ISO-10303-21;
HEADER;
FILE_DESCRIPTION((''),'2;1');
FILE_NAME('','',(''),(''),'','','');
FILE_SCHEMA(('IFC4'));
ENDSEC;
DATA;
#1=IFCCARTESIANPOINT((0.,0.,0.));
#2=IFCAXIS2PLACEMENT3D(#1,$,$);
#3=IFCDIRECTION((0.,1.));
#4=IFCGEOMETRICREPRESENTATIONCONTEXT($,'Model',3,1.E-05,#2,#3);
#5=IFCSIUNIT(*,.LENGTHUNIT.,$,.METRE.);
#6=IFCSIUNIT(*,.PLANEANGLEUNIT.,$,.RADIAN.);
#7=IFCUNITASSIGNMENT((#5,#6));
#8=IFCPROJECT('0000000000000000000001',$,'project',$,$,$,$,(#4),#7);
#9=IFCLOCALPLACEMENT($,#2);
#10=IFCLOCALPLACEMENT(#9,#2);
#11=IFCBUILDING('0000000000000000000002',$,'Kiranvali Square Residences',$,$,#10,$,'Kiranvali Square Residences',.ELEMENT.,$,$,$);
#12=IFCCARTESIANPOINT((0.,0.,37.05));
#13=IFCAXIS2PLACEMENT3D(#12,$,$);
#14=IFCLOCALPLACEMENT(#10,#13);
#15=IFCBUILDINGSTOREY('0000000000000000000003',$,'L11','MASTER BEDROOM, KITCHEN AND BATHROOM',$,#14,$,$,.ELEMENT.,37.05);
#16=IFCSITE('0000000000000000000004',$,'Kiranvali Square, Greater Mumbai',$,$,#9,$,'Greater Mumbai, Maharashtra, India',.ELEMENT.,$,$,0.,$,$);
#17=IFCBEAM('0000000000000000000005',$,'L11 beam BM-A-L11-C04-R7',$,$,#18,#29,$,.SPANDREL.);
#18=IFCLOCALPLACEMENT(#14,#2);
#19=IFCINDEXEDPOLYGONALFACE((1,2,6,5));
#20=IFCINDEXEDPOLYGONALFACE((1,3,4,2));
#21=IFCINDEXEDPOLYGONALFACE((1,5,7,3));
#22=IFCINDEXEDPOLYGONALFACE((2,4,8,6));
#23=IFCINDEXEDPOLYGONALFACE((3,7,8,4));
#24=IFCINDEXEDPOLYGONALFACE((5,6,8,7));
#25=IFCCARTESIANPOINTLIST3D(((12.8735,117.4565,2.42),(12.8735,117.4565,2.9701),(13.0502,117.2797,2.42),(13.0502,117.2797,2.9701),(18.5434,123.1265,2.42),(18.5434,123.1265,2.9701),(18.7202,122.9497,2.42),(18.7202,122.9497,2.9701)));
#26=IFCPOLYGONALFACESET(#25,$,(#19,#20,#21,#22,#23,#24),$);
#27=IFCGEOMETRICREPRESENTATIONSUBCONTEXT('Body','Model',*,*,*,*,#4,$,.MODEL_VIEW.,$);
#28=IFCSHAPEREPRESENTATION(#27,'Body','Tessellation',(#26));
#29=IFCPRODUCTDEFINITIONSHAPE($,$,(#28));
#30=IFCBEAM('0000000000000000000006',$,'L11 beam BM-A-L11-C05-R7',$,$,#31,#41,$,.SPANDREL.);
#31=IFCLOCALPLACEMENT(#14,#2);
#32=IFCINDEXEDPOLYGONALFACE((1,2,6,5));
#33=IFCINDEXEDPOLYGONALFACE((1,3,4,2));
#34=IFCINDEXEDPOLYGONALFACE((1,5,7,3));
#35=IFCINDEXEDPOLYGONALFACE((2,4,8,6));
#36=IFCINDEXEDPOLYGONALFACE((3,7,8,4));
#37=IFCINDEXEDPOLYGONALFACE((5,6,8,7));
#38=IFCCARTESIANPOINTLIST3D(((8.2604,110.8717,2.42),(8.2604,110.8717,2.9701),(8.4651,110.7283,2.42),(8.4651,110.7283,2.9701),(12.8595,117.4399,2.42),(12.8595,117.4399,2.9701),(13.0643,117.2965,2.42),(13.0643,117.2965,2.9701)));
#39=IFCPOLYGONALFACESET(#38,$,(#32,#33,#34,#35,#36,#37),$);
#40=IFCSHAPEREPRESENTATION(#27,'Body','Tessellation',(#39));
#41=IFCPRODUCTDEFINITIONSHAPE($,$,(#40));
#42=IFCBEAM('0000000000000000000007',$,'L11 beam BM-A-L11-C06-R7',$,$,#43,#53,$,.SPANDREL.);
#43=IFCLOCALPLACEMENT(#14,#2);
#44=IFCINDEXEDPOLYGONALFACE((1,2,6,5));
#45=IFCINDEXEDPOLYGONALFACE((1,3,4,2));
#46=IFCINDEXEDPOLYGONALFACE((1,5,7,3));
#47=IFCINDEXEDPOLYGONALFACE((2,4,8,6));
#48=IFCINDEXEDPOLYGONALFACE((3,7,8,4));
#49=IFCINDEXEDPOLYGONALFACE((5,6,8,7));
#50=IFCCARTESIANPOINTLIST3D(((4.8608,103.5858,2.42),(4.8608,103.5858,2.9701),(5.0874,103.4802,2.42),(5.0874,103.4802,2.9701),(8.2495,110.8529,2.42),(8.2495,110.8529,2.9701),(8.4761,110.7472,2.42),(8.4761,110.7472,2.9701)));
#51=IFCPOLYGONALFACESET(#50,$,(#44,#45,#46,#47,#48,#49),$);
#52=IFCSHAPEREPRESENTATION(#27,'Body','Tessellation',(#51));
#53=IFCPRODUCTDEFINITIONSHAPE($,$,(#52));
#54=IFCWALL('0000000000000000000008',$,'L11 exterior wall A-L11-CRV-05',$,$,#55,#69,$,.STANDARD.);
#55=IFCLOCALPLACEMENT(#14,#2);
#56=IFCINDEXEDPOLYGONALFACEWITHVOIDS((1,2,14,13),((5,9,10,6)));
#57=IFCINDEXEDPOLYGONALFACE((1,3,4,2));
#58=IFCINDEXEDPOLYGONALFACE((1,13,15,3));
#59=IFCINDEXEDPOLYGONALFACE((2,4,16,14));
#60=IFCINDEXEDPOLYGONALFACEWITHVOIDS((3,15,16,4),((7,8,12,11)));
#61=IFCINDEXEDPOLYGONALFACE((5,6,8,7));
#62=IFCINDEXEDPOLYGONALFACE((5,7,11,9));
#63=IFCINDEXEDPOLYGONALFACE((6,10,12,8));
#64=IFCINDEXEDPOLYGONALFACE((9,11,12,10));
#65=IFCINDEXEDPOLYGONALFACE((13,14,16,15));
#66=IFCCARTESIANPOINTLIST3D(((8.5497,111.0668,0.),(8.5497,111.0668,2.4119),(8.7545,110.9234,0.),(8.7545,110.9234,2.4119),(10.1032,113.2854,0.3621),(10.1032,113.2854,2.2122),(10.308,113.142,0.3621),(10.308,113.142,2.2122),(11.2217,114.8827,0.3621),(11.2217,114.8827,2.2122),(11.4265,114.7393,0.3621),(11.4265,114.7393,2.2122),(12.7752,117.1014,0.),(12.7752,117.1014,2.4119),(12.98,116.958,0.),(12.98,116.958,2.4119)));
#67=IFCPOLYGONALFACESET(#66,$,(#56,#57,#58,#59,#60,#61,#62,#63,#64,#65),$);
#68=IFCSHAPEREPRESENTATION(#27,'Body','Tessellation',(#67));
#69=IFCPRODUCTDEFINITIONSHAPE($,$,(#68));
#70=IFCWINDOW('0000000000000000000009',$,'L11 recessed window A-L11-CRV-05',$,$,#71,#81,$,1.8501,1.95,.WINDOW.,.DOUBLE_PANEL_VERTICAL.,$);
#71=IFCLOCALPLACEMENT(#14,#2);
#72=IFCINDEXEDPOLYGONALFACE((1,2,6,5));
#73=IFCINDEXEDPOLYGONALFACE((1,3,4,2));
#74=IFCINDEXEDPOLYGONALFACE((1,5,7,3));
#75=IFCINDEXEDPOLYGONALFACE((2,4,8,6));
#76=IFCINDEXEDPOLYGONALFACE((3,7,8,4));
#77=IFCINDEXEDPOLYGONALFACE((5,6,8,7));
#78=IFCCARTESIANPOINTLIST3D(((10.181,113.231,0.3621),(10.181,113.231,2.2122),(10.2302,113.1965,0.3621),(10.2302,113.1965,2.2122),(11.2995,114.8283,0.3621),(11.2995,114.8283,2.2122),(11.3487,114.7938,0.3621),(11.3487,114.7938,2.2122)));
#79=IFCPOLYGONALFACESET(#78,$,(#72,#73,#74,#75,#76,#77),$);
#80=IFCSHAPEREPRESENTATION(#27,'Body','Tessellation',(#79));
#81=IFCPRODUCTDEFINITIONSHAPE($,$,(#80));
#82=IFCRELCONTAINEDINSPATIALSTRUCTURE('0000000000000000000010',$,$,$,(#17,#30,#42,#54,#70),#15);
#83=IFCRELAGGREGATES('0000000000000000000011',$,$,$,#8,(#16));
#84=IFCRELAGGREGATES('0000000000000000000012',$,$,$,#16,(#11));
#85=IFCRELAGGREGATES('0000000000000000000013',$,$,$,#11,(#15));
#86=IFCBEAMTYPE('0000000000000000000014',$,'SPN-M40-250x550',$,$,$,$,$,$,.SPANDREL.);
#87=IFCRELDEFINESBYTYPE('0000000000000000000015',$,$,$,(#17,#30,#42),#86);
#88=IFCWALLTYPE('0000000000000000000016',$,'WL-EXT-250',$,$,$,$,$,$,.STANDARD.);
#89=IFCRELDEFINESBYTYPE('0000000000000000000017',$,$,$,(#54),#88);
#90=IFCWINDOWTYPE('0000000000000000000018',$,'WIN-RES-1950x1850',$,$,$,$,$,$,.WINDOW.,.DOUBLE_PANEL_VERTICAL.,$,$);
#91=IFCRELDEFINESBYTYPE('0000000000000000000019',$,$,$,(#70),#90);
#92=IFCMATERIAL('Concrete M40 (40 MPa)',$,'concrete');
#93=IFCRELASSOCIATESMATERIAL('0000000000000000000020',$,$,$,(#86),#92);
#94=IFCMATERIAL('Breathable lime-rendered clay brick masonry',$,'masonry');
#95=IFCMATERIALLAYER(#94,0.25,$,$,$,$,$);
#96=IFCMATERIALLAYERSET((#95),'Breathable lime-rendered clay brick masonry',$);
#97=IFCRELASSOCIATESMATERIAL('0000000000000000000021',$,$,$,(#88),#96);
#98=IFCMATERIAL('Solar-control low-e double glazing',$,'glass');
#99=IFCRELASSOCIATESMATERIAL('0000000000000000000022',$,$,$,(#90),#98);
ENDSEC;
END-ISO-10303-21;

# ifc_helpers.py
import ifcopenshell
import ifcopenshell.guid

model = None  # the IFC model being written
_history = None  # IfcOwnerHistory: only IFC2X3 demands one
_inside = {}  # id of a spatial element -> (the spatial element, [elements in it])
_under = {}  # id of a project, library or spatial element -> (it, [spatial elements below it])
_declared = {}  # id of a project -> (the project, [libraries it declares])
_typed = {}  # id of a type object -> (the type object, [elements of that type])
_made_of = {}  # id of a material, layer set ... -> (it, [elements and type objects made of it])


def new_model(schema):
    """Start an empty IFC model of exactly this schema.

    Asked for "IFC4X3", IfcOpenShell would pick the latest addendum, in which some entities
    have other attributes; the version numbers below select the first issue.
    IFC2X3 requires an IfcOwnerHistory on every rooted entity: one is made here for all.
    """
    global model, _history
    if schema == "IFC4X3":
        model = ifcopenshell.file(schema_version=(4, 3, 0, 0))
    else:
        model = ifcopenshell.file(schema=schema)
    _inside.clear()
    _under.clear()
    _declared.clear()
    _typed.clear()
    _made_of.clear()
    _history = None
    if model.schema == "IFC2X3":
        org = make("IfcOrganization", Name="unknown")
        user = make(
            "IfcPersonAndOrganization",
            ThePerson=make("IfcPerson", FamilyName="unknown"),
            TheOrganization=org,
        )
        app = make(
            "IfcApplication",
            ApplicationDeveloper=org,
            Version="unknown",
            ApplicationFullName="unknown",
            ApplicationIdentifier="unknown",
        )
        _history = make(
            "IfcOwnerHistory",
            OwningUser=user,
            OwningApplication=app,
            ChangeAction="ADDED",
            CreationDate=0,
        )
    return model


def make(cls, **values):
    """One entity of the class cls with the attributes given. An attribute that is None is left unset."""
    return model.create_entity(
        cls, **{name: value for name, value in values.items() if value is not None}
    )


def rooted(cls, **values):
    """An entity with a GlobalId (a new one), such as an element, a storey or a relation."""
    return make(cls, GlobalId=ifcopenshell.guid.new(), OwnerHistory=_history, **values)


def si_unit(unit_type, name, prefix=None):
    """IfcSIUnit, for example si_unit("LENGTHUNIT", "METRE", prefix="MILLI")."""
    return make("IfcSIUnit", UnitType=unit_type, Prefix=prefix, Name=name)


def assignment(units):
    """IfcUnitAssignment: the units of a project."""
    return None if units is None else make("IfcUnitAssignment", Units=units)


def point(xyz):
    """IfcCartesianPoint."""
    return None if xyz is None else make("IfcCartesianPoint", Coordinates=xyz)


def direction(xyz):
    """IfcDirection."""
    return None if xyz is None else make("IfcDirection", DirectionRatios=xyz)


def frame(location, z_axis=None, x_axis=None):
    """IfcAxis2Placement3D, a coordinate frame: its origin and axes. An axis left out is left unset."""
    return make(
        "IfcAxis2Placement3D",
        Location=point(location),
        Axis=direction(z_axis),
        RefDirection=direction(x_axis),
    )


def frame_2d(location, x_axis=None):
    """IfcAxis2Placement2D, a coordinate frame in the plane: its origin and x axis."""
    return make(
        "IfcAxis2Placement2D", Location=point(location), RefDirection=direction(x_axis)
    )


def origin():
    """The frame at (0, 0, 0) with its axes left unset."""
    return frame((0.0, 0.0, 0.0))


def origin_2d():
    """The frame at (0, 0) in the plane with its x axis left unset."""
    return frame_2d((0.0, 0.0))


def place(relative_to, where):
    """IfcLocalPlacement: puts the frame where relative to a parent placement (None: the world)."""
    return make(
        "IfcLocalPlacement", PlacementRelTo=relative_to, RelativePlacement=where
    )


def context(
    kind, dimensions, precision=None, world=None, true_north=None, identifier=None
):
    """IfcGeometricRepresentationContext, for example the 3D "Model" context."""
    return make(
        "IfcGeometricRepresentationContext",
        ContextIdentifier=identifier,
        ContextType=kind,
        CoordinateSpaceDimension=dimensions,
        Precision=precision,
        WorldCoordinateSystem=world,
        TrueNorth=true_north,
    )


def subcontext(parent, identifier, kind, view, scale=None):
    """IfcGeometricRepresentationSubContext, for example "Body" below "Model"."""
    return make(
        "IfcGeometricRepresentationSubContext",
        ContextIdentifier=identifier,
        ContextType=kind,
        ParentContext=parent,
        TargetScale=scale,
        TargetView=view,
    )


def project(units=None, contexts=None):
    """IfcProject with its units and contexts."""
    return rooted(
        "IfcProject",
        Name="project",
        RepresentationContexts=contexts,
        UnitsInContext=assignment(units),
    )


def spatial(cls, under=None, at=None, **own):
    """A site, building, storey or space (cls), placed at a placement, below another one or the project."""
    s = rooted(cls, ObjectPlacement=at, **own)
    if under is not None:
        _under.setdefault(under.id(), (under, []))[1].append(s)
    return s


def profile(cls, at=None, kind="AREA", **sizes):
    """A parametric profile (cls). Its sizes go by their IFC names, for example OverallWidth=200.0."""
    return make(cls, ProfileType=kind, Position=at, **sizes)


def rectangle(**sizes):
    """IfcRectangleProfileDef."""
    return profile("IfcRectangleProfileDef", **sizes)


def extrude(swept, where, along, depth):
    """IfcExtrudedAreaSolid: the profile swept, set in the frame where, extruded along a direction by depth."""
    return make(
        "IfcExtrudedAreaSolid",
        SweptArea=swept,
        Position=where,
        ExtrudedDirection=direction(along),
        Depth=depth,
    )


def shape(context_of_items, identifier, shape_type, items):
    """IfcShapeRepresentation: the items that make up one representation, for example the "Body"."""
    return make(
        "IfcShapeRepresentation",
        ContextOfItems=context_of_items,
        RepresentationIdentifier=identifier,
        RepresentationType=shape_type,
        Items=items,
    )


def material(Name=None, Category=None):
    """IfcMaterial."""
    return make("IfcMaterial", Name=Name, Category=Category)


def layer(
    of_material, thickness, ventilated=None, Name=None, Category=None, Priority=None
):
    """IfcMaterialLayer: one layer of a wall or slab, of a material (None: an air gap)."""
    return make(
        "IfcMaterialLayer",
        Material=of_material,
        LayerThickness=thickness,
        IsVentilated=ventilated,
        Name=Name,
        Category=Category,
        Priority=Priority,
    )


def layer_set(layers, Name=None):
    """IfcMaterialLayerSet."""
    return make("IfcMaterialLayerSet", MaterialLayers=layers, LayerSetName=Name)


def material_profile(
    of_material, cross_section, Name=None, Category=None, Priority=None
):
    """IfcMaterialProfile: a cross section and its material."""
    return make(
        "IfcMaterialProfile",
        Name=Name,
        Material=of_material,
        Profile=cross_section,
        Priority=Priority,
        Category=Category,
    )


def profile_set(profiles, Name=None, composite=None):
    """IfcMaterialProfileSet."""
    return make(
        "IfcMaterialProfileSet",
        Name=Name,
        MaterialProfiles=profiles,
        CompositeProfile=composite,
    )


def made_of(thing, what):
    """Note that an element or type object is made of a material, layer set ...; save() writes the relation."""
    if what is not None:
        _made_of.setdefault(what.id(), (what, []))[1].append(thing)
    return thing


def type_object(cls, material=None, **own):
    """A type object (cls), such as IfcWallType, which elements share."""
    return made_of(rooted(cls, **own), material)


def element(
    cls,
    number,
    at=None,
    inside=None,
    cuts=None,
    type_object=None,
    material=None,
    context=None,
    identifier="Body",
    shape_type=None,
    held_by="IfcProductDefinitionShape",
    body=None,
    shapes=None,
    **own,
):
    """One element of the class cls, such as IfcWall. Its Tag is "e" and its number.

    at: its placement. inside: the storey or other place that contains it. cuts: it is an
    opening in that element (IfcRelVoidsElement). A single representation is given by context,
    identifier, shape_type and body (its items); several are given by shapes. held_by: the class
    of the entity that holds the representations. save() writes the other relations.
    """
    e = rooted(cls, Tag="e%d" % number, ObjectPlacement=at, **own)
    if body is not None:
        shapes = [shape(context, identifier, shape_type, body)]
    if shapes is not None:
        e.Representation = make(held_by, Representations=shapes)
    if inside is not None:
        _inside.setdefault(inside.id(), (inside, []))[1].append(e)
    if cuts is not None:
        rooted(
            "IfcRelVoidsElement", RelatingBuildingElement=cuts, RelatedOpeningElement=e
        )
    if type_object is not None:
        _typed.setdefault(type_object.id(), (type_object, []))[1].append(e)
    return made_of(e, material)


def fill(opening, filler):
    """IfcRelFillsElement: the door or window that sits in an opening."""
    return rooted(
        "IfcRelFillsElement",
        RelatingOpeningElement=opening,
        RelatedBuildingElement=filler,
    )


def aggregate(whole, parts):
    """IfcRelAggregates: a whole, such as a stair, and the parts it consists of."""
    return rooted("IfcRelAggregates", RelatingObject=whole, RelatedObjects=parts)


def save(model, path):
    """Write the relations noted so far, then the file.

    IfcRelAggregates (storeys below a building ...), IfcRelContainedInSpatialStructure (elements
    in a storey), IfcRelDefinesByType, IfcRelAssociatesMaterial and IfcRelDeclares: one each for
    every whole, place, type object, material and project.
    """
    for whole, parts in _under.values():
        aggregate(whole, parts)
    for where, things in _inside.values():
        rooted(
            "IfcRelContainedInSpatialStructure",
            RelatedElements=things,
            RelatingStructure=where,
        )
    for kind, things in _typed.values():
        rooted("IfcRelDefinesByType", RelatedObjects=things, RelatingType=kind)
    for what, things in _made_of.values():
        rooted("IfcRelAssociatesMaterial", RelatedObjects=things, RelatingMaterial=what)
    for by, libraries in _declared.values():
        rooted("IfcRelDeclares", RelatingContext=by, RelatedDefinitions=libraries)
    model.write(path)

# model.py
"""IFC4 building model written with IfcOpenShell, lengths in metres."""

from ifc_helpers import new_model, si_unit, direction, frame, frame_2d, origin, origin_2d, place, context, subcontext, project, spatial, rectangle, extrude, material, layer, layer_set, material_profile, profile_set, type_object, element, fill, save


model = new_model("IFC4")

# Units and contexts
model_context = context("Model", 3, precision=1e-05, world=origin(), true_north=direction((0.0, 1.0)))
body_context = subcontext(model_context, "Body", "Model", "MODEL_VIEW")
ifc_project = project(units=[si_unit("LENGTHUNIT", "METRE"), si_unit("PLANEANGLEUNIT", "RADIAN")], contexts=[model_context])

# Site, building, storey
site_placement = place(None, origin())
site = spatial("IfcSite", under=ifc_project, at=site_placement, Name="Kiranvali Square, Greater Mumbai", LongName="Greater Mumbai, Maharashtra, India", CompositionType="ELEMENT", RefElevation=0.0)
building_placement = place(site_placement, origin())
building = spatial("IfcBuilding", under=site, at=building_placement, Name="Kiranvali Square Residences", LongName="Kiranvali Square Residences", CompositionType="ELEMENT")
storey_placement = place(building_placement, frame((0.0, 0.0, 37.05)))
storey = spatial("IfcBuildingStorey", under=building, at=storey_placement, Name="L11", Description="MASTER BEDROOM, KITCHEN AND BATHROOM", CompositionType="ELEMENT", Elevation=37.05)

# Shared definitions
ifc_material_1 = material(Name="Concrete M40 (40 MPa)", Category="concrete")

# Beams
ifc_material_profile_1 = material_profile(ifc_material_1, rectangle(XDim=0.25, YDim=0.55, at=origin_2d()), Name="RC 250x550")
ifc_profile_set_1 = profile_set([ifc_material_profile_1], Name="Concrete M40 (40 MPa)")
beam_type_1 = type_object("IfcBeamType", Name="SPN-M40-250x550", PredefinedType="SPANDREL", material=ifc_profile_set_1)
beam_1_placement = place(storey_placement, frame((18.6318, 123.0381, 2.6951), z_axis=(-0.707107, -0.707107, 0.0), x_axis=(0.707107, -0.707107, 0.0)))
element("IfcBeam", 1, at=beam_1_placement, inside=storey, type_object=beam_type_1, Name="L11 beam BM-A-L11-C04-R7", PredefinedType="SPANDREL", context=body_context, shape_type="SweptSolid", body=[
    extrude(rectangle(XDim=0.25, YDim=0.55, at=origin_2d()), origin(), (0.0, 0.0, 1.0), 8.0186),
])
for number, where, z_axis, x_axis, name in (
    (2, (12.9619, 117.3682, 2.6951), (-0.573583, -0.819148, 0.0), (0.819148, -0.573583, 0.0), "L11 beam BM-A-L11-C05-R7"),
    (3, (8.3628, 110.8, 2.6951), (-0.422615, -0.906309, 0.0), (0.906309, -0.422615, 0.0), "L11 beam BM-A-L11-C06-R7"),
):
    element("IfcBeam", number, at=place(storey_placement, frame(where, z_axis=z_axis, x_axis=x_axis)), inside=storey, type_object=beam_type_1, Name=name, PredefinedType="SPANDREL", context=body_context, shape_type="SweptSolid", body=[
        extrude(rectangle(XDim=0.25, YDim=0.55, at=origin_2d()), origin(), (0.0, 0.0, 1.0), 8.0183),
    ])

# Shared definitions
ifc_material_2 = material(Name="Breathable lime-rendered clay brick masonry", Category="masonry")
ifc_layer = layer(ifc_material_2, 0.25)
ifc_layer_set = layer_set([ifc_layer], Name="Breathable lime-rendered clay brick masonry")
wall_type = type_object("IfcWallType", Name="WL-EXT-250", PredefinedType="STANDARD", material=ifc_layer_set)
ifc_material_3 = material(Name="Solar-control low-e double glazing", Category="glass")

# Wall, opening, window
wall_1_placement = place(storey_placement, frame((12.8777, 117.0298, 0.0), z_axis=(0.0, 0.0, 1.0), x_axis=(-0.573582, -0.819148, 0.0)))
wall_1 = element("IfcWall", 4, at=wall_1_placement, inside=storey, type_object=wall_type, Name="L11 exterior wall A-L11-CRV-05", PredefinedType="STANDARD", context=body_context, shape_type="SweptSolid", body=[
    extrude(rectangle(XDim=7.3669, YDim=0.25, at=frame_2d((3.6836, 0.0))), origin(), (0.0, 0.0, 1.0), 2.4119),
])
opening_1_placement = place(wall_1_placement, frame((2.7085, 0.0, 0.3621)))
opening_1 = element("IfcOpeningElement", 5, at=opening_1_placement, cuts=wall_1, PredefinedType="OPENING", context=body_context, shape_type="SweptSolid", body=[
    extrude(rectangle(XDim=1.95, YDim=1.8501, at=frame_2d((0.9751, 0.925))), frame((0.0, 0.135, 0.0), z_axis=(0.0, -1.0, 0.0), x_axis=(1.0, 0.0, 0.0)), (0.0, 0.0, 1.0), 0.27),
])
window_type_1 = type_object("IfcWindowType", Name="WIN-RES-1950x1850", PartitioningType="DOUBLE_PANEL_VERTICAL", PredefinedType="WINDOW", material=ifc_material_3)
window_1_placement = place(opening_1_placement, origin())
window_1 = element("IfcWindow", 6, at=window_1_placement, inside=storey, type_object=window_type_1, Name="L11 recessed window A-L11-CRV-05", OverallHeight=1.8501, OverallWidth=1.95, PartitioningType="DOUBLE_PANEL_VERTICAL", PredefinedType="WINDOW", context=body_context, shape_type="SweptSolid", body=[
    extrude(rectangle(XDim=1.95, YDim=1.8501, at=frame_2d((0.9751, 0.925))), frame((0.0, 0.03, 0.0), z_axis=(0.0, -1.0, 0.0), x_axis=(1.0, 0.0, 0.0)), (0.0, 0.0, 1.0), 0.0601),
])
fill(opening_1, window_1)

save(model, "model.ifc")
